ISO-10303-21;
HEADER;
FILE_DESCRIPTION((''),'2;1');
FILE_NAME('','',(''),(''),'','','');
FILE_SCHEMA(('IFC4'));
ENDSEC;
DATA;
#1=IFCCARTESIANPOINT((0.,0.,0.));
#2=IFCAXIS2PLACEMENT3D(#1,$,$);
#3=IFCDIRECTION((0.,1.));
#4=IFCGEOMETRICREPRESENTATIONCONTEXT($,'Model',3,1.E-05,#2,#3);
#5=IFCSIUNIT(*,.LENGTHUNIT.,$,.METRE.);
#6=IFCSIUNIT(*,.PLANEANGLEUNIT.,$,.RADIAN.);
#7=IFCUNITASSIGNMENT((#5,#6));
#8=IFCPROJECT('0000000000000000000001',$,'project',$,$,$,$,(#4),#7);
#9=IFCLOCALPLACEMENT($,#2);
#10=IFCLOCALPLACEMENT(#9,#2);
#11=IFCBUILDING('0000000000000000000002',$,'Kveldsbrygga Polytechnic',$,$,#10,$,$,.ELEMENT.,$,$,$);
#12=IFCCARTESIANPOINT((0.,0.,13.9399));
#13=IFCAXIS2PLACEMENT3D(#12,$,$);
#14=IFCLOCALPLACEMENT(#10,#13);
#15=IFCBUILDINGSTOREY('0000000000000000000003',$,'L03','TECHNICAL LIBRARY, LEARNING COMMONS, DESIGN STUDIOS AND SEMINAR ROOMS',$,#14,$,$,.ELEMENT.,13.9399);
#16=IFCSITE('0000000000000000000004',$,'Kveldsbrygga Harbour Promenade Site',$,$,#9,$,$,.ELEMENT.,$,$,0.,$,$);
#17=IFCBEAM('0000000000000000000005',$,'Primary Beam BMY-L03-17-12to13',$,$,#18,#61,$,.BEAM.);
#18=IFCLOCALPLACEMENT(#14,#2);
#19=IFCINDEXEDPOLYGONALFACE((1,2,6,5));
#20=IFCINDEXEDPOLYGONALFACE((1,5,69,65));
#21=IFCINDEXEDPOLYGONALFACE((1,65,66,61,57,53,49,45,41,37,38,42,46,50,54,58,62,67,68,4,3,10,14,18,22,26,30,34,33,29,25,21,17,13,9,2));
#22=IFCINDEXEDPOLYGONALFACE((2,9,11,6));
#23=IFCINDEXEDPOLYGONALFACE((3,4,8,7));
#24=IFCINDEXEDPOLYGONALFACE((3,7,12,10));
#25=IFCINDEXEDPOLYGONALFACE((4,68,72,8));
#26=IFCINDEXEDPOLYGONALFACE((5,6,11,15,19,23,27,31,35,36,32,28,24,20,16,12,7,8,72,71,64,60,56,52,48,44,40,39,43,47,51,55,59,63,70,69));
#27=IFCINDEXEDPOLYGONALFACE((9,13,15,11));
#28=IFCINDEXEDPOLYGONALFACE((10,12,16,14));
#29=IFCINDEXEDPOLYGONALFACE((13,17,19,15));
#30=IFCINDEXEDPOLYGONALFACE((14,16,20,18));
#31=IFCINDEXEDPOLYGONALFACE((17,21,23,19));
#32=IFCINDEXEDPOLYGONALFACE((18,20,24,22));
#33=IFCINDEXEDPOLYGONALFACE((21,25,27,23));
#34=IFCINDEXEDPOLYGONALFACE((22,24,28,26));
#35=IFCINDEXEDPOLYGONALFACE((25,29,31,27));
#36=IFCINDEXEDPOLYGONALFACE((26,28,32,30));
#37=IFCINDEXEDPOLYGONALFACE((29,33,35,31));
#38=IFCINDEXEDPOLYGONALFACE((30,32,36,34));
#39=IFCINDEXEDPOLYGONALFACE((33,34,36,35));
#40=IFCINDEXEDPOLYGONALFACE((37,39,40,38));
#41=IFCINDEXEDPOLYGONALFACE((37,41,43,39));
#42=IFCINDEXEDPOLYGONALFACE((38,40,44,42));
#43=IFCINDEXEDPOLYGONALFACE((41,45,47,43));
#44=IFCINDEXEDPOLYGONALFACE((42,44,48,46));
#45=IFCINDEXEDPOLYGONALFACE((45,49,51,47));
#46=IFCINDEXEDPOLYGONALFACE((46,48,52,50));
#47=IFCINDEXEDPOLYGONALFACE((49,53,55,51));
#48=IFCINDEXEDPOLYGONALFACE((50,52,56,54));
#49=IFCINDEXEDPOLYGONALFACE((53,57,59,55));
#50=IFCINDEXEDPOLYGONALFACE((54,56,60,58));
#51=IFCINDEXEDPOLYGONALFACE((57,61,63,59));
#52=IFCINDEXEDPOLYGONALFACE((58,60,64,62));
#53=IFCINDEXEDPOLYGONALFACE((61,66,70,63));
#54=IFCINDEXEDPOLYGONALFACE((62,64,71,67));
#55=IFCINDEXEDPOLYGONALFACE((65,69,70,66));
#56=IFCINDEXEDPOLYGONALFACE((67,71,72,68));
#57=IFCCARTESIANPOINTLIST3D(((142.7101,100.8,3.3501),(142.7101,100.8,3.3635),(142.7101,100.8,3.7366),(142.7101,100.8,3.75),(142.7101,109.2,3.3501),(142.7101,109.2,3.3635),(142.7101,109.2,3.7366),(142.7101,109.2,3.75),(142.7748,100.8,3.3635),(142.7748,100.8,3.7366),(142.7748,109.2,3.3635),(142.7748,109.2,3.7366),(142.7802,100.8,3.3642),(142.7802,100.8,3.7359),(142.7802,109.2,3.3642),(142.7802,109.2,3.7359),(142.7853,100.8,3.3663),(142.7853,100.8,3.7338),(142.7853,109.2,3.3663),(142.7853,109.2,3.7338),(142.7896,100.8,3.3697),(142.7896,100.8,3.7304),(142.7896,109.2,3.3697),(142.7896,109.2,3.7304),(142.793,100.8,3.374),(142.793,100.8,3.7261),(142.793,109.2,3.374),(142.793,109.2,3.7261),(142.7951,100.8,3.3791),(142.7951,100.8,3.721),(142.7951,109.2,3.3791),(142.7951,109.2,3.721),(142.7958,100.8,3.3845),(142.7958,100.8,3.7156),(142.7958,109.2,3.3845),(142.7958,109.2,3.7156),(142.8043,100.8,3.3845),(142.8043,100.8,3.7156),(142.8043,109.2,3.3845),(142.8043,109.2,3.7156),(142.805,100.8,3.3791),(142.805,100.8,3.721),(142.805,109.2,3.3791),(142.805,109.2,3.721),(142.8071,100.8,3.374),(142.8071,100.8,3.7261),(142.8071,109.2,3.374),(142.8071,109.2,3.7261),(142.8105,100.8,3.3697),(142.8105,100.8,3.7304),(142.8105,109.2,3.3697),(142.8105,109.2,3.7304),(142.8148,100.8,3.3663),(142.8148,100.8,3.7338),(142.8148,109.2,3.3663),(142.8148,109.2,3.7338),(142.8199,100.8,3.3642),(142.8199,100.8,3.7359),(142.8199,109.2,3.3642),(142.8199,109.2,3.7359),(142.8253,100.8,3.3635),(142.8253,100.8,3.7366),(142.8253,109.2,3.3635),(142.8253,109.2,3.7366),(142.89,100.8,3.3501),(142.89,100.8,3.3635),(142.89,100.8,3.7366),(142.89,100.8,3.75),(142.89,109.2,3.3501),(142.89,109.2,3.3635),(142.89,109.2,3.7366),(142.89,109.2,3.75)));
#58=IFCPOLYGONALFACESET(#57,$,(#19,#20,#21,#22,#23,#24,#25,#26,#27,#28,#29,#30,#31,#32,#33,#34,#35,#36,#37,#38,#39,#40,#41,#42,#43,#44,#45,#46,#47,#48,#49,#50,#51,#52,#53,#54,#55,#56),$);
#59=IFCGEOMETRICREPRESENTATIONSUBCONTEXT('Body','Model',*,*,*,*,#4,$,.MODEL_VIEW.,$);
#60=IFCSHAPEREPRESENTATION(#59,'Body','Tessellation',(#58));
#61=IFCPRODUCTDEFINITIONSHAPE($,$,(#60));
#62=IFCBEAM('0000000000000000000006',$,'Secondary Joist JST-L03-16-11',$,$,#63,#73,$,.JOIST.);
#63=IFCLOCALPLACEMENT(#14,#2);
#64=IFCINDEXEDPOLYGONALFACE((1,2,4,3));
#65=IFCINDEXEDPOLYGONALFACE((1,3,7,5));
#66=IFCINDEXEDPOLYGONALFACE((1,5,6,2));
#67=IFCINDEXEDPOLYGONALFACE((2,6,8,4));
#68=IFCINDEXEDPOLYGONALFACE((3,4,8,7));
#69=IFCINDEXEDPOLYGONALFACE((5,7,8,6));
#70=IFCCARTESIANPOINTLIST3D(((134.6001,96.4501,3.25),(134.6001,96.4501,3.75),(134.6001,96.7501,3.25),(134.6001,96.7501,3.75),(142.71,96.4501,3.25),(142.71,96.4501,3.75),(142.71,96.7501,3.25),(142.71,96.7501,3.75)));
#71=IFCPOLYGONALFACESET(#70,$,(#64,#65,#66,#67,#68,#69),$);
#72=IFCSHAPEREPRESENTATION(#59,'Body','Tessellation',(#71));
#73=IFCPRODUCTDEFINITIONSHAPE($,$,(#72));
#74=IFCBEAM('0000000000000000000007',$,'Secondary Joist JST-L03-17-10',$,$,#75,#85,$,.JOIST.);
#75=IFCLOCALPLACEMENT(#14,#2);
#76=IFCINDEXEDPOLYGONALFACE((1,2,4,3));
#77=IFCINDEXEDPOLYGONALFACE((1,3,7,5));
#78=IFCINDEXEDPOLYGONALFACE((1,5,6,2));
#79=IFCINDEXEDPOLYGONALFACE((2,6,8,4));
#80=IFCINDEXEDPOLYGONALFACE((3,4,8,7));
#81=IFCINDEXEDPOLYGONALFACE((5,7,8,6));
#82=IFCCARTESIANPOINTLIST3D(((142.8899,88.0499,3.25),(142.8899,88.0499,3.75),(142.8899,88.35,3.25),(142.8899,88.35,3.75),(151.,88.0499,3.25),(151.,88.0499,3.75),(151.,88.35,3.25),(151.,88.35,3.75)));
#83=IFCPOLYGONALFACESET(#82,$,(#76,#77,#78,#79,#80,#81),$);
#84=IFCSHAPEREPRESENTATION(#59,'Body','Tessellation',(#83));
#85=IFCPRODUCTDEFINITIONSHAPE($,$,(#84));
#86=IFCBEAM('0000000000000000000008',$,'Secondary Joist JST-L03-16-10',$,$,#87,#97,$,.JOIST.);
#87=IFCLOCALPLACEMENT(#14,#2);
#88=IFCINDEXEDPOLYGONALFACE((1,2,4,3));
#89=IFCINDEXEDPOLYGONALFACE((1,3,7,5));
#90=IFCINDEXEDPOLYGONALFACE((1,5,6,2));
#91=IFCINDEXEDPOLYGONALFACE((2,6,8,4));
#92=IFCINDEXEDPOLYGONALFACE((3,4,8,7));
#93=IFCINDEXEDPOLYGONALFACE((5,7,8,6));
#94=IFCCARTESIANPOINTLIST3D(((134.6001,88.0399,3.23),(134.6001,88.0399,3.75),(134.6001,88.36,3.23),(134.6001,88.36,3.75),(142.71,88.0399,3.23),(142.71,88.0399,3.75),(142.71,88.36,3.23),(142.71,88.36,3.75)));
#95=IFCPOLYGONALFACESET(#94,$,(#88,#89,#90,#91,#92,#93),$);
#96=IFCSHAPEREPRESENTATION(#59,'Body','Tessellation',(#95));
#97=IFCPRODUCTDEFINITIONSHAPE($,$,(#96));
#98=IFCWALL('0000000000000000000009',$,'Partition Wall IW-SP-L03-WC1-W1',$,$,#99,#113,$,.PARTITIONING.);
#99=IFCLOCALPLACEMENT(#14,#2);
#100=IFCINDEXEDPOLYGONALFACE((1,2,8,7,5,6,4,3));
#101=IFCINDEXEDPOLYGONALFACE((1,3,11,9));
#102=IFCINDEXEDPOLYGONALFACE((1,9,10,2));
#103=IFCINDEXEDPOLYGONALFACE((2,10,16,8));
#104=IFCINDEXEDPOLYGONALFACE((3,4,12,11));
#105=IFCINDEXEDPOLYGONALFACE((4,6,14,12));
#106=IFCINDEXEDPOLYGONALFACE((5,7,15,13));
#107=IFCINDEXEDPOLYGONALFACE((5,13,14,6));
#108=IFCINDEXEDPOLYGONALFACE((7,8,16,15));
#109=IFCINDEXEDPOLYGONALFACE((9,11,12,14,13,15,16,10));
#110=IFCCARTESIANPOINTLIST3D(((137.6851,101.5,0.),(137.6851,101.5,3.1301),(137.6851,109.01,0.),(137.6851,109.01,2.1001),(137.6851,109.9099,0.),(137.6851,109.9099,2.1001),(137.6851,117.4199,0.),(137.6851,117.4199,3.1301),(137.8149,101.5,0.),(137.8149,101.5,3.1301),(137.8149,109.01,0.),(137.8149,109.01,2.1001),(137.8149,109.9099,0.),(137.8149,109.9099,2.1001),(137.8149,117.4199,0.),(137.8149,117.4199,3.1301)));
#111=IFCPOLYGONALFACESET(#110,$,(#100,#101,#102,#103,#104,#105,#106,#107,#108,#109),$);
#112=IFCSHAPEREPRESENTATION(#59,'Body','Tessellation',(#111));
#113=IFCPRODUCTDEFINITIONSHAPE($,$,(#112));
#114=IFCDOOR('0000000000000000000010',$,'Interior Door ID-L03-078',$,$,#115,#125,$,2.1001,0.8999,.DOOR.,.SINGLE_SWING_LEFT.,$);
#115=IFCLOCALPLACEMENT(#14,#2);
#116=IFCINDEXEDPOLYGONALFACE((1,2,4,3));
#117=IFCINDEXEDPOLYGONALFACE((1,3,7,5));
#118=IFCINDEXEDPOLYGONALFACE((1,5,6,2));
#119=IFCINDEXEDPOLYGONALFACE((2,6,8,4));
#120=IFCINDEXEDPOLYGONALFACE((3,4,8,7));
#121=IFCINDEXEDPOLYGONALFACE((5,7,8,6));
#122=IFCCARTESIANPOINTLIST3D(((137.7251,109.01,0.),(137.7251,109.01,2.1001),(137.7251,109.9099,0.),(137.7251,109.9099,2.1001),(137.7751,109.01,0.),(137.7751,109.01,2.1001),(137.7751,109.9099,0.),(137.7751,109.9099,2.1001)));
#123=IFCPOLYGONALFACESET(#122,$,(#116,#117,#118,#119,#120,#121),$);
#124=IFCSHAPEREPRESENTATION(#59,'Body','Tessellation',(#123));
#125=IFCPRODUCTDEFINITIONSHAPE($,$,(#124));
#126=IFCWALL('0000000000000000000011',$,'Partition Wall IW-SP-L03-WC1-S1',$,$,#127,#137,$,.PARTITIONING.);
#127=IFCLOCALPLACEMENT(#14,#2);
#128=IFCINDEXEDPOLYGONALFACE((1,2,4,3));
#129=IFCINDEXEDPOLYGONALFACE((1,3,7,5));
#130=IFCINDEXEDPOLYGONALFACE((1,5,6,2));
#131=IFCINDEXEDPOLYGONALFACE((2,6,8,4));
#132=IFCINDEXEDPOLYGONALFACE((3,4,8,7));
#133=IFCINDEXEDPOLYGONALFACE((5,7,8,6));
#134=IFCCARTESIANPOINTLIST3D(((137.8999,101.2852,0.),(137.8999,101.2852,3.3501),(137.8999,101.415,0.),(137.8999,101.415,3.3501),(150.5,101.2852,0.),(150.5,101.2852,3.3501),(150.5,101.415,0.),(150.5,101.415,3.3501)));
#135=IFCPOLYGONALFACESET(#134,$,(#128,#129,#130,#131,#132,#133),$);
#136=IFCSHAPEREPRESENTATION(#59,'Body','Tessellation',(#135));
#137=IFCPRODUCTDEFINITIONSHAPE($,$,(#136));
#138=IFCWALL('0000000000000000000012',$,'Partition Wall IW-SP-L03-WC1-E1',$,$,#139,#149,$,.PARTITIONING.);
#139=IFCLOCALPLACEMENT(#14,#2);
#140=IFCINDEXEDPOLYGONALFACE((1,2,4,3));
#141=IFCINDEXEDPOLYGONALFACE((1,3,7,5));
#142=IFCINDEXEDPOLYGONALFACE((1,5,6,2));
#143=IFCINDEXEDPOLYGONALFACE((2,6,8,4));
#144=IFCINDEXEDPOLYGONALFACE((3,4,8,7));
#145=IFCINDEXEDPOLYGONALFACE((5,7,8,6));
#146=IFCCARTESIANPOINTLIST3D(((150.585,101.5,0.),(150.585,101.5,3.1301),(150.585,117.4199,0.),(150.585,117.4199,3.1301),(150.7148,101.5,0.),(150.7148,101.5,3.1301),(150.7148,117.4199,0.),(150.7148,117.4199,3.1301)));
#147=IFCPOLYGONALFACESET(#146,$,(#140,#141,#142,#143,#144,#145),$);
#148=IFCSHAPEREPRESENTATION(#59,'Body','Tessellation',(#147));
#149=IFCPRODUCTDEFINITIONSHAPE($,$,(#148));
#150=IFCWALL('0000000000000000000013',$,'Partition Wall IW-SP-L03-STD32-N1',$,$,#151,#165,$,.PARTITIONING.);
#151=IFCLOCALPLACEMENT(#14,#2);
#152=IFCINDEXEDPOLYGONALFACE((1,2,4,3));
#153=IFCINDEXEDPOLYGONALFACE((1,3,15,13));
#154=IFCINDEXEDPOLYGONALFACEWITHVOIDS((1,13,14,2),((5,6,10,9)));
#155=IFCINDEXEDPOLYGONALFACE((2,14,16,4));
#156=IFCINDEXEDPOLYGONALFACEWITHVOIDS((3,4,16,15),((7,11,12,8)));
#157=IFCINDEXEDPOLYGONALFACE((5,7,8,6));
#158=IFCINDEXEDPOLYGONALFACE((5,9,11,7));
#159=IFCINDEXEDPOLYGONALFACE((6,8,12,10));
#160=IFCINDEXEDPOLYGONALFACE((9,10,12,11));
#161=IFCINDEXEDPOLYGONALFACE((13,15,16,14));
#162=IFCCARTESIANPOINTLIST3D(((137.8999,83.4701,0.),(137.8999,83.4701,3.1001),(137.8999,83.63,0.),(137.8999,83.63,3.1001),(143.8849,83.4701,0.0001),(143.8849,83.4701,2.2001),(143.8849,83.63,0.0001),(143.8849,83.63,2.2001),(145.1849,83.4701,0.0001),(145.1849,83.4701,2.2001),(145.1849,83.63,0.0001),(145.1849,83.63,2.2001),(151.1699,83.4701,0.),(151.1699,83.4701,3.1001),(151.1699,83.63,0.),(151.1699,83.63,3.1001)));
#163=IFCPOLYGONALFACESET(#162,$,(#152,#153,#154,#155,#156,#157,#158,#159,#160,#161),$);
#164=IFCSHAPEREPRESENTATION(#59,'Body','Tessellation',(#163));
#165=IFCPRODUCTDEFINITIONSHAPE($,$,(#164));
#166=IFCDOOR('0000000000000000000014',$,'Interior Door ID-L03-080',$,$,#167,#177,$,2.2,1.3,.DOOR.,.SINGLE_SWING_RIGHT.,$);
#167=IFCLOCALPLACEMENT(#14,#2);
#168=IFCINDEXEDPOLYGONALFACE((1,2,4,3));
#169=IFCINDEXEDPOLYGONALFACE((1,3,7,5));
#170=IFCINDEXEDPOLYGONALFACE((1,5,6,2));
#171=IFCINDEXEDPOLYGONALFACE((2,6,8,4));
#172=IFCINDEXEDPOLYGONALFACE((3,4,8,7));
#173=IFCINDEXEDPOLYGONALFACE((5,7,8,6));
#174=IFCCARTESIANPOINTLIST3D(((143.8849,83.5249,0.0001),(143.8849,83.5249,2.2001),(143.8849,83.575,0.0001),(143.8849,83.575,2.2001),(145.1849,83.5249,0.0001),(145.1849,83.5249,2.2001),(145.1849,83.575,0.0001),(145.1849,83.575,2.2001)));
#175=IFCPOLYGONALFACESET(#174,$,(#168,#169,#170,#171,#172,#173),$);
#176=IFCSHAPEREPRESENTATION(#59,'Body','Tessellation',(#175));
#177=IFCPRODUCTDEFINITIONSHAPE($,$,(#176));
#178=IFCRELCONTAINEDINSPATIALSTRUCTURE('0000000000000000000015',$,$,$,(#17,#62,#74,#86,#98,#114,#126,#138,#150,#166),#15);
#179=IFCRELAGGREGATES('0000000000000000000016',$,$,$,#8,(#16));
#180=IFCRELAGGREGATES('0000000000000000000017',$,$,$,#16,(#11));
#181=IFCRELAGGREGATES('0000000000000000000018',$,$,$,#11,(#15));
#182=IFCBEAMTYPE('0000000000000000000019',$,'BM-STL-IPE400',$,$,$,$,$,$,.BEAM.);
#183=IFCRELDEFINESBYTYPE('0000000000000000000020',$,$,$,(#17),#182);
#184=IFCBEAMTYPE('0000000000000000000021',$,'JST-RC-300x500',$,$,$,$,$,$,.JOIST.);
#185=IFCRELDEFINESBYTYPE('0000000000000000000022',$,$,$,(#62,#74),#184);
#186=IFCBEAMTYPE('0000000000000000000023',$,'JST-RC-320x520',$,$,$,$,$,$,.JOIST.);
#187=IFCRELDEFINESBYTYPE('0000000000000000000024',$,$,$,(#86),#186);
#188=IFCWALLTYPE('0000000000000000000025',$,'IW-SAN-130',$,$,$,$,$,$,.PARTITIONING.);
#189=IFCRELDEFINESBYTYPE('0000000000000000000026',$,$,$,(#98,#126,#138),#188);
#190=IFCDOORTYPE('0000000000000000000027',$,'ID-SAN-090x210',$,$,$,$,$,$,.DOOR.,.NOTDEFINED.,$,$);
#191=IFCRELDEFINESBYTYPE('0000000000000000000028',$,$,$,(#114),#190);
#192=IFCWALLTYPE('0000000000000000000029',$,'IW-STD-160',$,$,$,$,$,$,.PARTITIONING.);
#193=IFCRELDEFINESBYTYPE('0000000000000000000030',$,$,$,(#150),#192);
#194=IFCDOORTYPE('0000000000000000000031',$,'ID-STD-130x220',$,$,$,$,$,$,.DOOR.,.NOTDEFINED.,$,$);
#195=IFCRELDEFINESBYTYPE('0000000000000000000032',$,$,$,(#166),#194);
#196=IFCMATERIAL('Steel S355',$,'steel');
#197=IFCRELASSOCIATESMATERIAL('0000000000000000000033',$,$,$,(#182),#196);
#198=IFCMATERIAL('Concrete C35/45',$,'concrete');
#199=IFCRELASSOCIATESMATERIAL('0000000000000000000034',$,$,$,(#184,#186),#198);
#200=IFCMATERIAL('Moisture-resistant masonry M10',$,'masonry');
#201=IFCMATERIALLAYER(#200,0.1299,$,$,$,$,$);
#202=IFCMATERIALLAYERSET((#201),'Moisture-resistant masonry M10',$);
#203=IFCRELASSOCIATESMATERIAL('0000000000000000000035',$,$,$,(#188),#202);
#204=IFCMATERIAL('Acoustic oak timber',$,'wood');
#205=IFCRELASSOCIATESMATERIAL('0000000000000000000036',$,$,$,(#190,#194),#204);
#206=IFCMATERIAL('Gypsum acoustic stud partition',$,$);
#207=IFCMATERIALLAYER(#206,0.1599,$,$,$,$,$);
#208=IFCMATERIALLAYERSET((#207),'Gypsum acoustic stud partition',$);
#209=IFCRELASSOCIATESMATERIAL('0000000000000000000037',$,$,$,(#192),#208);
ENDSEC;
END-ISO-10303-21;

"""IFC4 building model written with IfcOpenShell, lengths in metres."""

from ifc_helpers import new_model, si_unit, direction, frame, frame_2d, origin, origin_2d, place, context, subcontext, project, spatial, rectangle, i_section, extrude, material, layer, layer_set, material_profile, profile_set, type_object, element, fill, save


model = new_model("IFC4")

# Units and contexts
model_context = context("Model", 3, precision=1e-05, world=origin(), true_north=direction((0.0, 1.0)))
body_context = subcontext(model_context, "Body", "Model", "MODEL_VIEW")
ifc_project = project(units=[si_unit("LENGTHUNIT", "METRE"), si_unit("PLANEANGLEUNIT", "RADIAN")], contexts=[model_context])

# Site, building, storey
site_placement = place(None, origin())
site = spatial("IfcSite", under=ifc_project, at=site_placement, Name="Kveldsbrygga Harbour Promenade Site", CompositionType="ELEMENT", RefElevation=0.0)
building_placement = place(site_placement, origin())
building = spatial("IfcBuilding", under=site, at=building_placement, Name="Kveldsbrygga Polytechnic", CompositionType="ELEMENT")
storey_placement = place(building_placement, frame((0.0, 0.0, 13.9399)))
storey = spatial("IfcBuildingStorey", under=building, at=storey_placement, Name="L03", Description="TECHNICAL LIBRARY, LEARNING COMMONS, DESIGN STUDIOS AND SEMINAR ROOMS", CompositionType="ELEMENT", Elevation=13.9399)

# Beams
ifc_material_1 = material(Name="Concrete C35/45", Category="concrete")
ifc_material_2 = material(Name="Steel S355", Category="steel")
ifc_material_profile_1 = material_profile(ifc_material_2, i_section(OverallWidth=0.1799, OverallDepth=0.3999, WebThickness=0.0085, FlangeThickness=0.0134, FilletRadius=0.021, at=origin_2d()), Name="IPE 400")
ifc_profile_set_1 = profile_set([ifc_material_profile_1], Name="Steel S355")
beam_type_1 = type_object("IfcBeamType", Name="BM-STL-IPE400", PredefinedType="BEAM", material=ifc_profile_set_1)
beam_1_placement = place(storey_placement, frame((142.8, 100.8, 3.55), z_axis=(0.0, 1.0, 0.0), x_axis=(-1.0, 0.0, 0.0)))
element("IfcBeam", 1, at=beam_1_placement, inside=storey, type_object=beam_type_1, Name="Primary Beam BMY-L03-17-12to13", PredefinedType="BEAM", context=body_context, shape_type="SweptSolid", body=[
    extrude(i_section(OverallWidth=0.1799, OverallDepth=0.3999, WebThickness=0.0085, FlangeThickness=0.0134, FilletRadius=0.021, at=origin_2d()), origin(), (0.0, 0.0, 1.0), 8.3999),
])
ifc_material_profile_2 = material_profile(ifc_material_1, rectangle(XDim=0.3, YDim=0.5, at=origin_2d()), Name="RC 300x500")
ifc_profile_set_2 = profile_set([ifc_material_profile_2], Name="Concrete C35/45")
beam_type_2 = type_object("IfcBeamType", Name="JST-RC-300x500", PredefinedType="JOIST", material=ifc_profile_set_2)
beam_2_placement = place(storey_placement, frame((134.6001, 96.6001, 3.5), z_axis=(1.0, 0.0, 0.0), x_axis=(0.0, 1.0, 0.0)))
element("IfcBeam", 2, at=beam_2_placement, inside=storey, type_object=beam_type_2, Name="Secondary Joist JST-L03-16-11", PredefinedType="JOIST", context=body_context, shape_type="SweptSolid", body=[
    extrude(rectangle(XDim=0.3, YDim=0.5, at=origin_2d()), origin(), (0.0, 0.0, 1.0), 8.1099),
])
beam_3_placement = place(storey_placement, frame((142.8899, 88.2, 3.5), z_axis=(1.0, 0.0, 0.0), x_axis=(0.0, 1.0, 0.0)))
element("IfcBeam", 3, at=beam_3_placement, inside=storey, type_object=beam_type_2, Name="Secondary Joist JST-L03-17-10", PredefinedType="JOIST", context=body_context, shape_type="SweptSolid", body=[
    extrude(rectangle(XDim=0.3, YDim=0.5, at=origin_2d()), origin(), (0.0, 0.0, 1.0), 8.1101),
])
ifc_material_profile_3 = material_profile(ifc_material_1, rectangle(XDim=0.3201, YDim=0.52, at=origin_2d()), Name="RC 320x520")
ifc_profile_set_3 = profile_set([ifc_material_profile_3], Name="Concrete C35/45")
beam_type_3 = type_object("IfcBeamType", Name="JST-RC-320x520", PredefinedType="JOIST", material=ifc_profile_set_3)
beam_4_placement = place(storey_placement, frame((134.6001, 88.2, 3.49), z_axis=(1.0, 0.0, 0.0), x_axis=(0.0, 1.0, 0.0)))
element("IfcBeam", 4, at=beam_4_placement, inside=storey, type_object=beam_type_3, Name="Secondary Joist JST-L03-16-10", PredefinedType="JOIST", context=body_context, shape_type="SweptSolid", body=[
    extrude(rectangle(XDim=0.3201, YDim=0.52, at=origin_2d()), origin(), (0.0, 0.0, 1.0), 8.1099),
])

# Wall, opening, door
ifc_material_3 = material(Name="Moisture-resistant masonry M10", Category="masonry")
ifc_layer_1 = layer(ifc_material_3, 0.1299)
ifc_layer_set_1 = layer_set([ifc_layer_1], Name="Moisture-resistant masonry M10")
wall_type_1 = type_object("IfcWallType", Name="IW-SAN-130", PredefinedType="PARTITIONING", material=ifc_layer_set_1)
wall_1_placement = place(storey_placement, frame((137.75, 101.5, 0.0), z_axis=(0.0, 0.0, 1.0), x_axis=(0.0, 1.0, 0.0)))
wall_1 = element("IfcWall", 5, at=wall_1_placement, inside=storey, type_object=wall_type_1, Name="Partition Wall IW-SP-L03-WC1-W1", PredefinedType="PARTITIONING", context=body_context, shape_type="SweptSolid", body=[
    extrude(rectangle(XDim=15.9199, YDim=0.1299, at=frame_2d((7.96, 0.0))), origin(), (0.0, 0.0, 1.0), 3.1301),
])
opening_1_placement = place(wall_1_placement, frame((7.51, 0.0, 0.0)))
opening_1 = element("IfcOpeningElement", 6, at=opening_1_placement, cuts=wall_1, PredefinedType="OPENING", context=body_context, shape_type="SweptSolid", body=[
    extrude(rectangle(XDim=0.8999, YDim=2.1001, at=frame_2d((0.45, 1.05))), frame((0.0, 0.075, 0.0), z_axis=(0.0, -1.0, 0.0), x_axis=(1.0, 0.0, 0.0)), (0.0, 0.0, 1.0), 0.1499),
])
ifc_material_4 = material(Name="Acoustic oak timber", Category="wood")
door_type_1 = type_object("IfcDoorType", Name="ID-SAN-090x210", OperationType="NOTDEFINED", PredefinedType="DOOR", material=ifc_material_4)
door_1_placement = place(opening_1_placement, origin())
door_1 = element("IfcDoor", 7, at=door_1_placement, inside=storey, type_object=door_type_1, Name="Interior Door ID-L03-078", OperationType="SINGLE_SWING_LEFT", OverallHeight=2.1001, OverallWidth=0.8999, PredefinedType="DOOR", context=body_context, shape_type="SweptSolid", body=[
    extrude(rectangle(XDim=0.8999, YDim=2.1001, at=frame_2d((0.45, 1.05))), frame((0.0, 0.0249, 0.0), z_axis=(0.0, -1.0, 0.0), x_axis=(1.0, 0.0, 0.0)), (0.0, 0.0, 1.0), 0.05),
])
fill(opening_1, door_1)

# Walls
wall_2_placement = place(storey_placement, frame((137.8999, 101.3501, 0.0), z_axis=(0.0, 0.0, 1.0), x_axis=(1.0, 0.0, 0.0)))
element("IfcWall", 8, at=wall_2_placement, inside=storey, type_object=wall_type_1, Name="Partition Wall IW-SP-L03-WC1-S1", PredefinedType="PARTITIONING", context=body_context, shape_type="SweptSolid", body=[
    extrude(rectangle(XDim=12.6001, YDim=0.1299, at=frame_2d((6.3, 0.0))), origin(), (0.0, 0.0, 1.0), 3.3501),
])
wall_3_placement = place(storey_placement, frame((150.6499, 101.5, 0.0), z_axis=(0.0, 0.0, 1.0), x_axis=(0.0, 1.0, 0.0)))
element("IfcWall", 9, at=wall_3_placement, inside=storey, type_object=wall_type_1, Name="Partition Wall IW-SP-L03-WC1-E1", PredefinedType="PARTITIONING", context=body_context, shape_type="SweptSolid", body=[
    extrude(rectangle(XDim=15.9199, YDim=0.1299, at=frame_2d((7.96, 0.0))), origin(), (0.0, 0.0, 1.0), 3.1301),
])

# Wall, opening, door
ifc_material_5 = material(Name="Gypsum acoustic stud partition")
ifc_layer_2 = layer(ifc_material_5, 0.1599)
ifc_layer_set_2 = layer_set([ifc_layer_2], Name="Gypsum acoustic stud partition")
wall_type_2 = type_object("IfcWallType", Name="IW-STD-160", PredefinedType="PARTITIONING", material=ifc_layer_set_2)
wall_4_placement = place(storey_placement, frame((137.8999, 83.55, 0.0), z_axis=(0.0, 0.0, 1.0), x_axis=(1.0, 0.0, 0.0)))
wall_4 = element("IfcWall", 10, at=wall_4_placement, inside=storey, type_object=wall_type_2, Name="Partition Wall IW-SP-L03-STD32-N1", PredefinedType="PARTITIONING", context=body_context, shape_type="SweptSolid", body=[
    extrude(rectangle(XDim=13.27, YDim=0.1599, at=frame_2d((6.635, 0.0))), origin(), (0.0, 0.0, 1.0), 3.1001),
])
opening_2_placement = place(wall_4_placement, frame((5.9851, 0.0, 0.0)))
opening_2 = element("IfcOpeningElement", 11, at=opening_2_placement, cuts=wall_4, PredefinedType="OPENING", context=body_context, shape_type="SweptSolid", body=[
    extrude(rectangle(XDim=1.3, YDim=2.2, at=frame_2d((0.6499, 1.1001))), frame((0.0, 0.0898, 0.0), z_axis=(0.0, -1.0, 0.0), x_axis=(1.0, 0.0, 0.0)), (0.0, 0.0, 1.0), 0.1799),
])
door_type_2 = type_object("IfcDoorType", Name="ID-STD-130x220", OperationType="NOTDEFINED", PredefinedType="DOOR", material=ifc_material_4)
door_2_placement = place(opening_2_placement, origin())
door_2 = element("IfcDoor", 12, at=door_2_placement, inside=storey, type_object=door_type_2, Name="Interior Door ID-L03-080", OperationType="SINGLE_SWING_RIGHT", OverallHeight=2.2, OverallWidth=1.3, PredefinedType="DOOR", context=body_context, shape_type="SweptSolid", body=[
    extrude(rectangle(XDim=1.3, YDim=2.2, at=frame_2d((0.6499, 1.1001))), frame((0.0, 0.0249, 0.0), z_axis=(0.0, -1.0, 0.0), x_axis=(1.0, 0.0, 0.0)), (0.0, 0.0, 1.0), 0.05),
])
fill(opening_2, door_2)

save(model, "model.ifc")
